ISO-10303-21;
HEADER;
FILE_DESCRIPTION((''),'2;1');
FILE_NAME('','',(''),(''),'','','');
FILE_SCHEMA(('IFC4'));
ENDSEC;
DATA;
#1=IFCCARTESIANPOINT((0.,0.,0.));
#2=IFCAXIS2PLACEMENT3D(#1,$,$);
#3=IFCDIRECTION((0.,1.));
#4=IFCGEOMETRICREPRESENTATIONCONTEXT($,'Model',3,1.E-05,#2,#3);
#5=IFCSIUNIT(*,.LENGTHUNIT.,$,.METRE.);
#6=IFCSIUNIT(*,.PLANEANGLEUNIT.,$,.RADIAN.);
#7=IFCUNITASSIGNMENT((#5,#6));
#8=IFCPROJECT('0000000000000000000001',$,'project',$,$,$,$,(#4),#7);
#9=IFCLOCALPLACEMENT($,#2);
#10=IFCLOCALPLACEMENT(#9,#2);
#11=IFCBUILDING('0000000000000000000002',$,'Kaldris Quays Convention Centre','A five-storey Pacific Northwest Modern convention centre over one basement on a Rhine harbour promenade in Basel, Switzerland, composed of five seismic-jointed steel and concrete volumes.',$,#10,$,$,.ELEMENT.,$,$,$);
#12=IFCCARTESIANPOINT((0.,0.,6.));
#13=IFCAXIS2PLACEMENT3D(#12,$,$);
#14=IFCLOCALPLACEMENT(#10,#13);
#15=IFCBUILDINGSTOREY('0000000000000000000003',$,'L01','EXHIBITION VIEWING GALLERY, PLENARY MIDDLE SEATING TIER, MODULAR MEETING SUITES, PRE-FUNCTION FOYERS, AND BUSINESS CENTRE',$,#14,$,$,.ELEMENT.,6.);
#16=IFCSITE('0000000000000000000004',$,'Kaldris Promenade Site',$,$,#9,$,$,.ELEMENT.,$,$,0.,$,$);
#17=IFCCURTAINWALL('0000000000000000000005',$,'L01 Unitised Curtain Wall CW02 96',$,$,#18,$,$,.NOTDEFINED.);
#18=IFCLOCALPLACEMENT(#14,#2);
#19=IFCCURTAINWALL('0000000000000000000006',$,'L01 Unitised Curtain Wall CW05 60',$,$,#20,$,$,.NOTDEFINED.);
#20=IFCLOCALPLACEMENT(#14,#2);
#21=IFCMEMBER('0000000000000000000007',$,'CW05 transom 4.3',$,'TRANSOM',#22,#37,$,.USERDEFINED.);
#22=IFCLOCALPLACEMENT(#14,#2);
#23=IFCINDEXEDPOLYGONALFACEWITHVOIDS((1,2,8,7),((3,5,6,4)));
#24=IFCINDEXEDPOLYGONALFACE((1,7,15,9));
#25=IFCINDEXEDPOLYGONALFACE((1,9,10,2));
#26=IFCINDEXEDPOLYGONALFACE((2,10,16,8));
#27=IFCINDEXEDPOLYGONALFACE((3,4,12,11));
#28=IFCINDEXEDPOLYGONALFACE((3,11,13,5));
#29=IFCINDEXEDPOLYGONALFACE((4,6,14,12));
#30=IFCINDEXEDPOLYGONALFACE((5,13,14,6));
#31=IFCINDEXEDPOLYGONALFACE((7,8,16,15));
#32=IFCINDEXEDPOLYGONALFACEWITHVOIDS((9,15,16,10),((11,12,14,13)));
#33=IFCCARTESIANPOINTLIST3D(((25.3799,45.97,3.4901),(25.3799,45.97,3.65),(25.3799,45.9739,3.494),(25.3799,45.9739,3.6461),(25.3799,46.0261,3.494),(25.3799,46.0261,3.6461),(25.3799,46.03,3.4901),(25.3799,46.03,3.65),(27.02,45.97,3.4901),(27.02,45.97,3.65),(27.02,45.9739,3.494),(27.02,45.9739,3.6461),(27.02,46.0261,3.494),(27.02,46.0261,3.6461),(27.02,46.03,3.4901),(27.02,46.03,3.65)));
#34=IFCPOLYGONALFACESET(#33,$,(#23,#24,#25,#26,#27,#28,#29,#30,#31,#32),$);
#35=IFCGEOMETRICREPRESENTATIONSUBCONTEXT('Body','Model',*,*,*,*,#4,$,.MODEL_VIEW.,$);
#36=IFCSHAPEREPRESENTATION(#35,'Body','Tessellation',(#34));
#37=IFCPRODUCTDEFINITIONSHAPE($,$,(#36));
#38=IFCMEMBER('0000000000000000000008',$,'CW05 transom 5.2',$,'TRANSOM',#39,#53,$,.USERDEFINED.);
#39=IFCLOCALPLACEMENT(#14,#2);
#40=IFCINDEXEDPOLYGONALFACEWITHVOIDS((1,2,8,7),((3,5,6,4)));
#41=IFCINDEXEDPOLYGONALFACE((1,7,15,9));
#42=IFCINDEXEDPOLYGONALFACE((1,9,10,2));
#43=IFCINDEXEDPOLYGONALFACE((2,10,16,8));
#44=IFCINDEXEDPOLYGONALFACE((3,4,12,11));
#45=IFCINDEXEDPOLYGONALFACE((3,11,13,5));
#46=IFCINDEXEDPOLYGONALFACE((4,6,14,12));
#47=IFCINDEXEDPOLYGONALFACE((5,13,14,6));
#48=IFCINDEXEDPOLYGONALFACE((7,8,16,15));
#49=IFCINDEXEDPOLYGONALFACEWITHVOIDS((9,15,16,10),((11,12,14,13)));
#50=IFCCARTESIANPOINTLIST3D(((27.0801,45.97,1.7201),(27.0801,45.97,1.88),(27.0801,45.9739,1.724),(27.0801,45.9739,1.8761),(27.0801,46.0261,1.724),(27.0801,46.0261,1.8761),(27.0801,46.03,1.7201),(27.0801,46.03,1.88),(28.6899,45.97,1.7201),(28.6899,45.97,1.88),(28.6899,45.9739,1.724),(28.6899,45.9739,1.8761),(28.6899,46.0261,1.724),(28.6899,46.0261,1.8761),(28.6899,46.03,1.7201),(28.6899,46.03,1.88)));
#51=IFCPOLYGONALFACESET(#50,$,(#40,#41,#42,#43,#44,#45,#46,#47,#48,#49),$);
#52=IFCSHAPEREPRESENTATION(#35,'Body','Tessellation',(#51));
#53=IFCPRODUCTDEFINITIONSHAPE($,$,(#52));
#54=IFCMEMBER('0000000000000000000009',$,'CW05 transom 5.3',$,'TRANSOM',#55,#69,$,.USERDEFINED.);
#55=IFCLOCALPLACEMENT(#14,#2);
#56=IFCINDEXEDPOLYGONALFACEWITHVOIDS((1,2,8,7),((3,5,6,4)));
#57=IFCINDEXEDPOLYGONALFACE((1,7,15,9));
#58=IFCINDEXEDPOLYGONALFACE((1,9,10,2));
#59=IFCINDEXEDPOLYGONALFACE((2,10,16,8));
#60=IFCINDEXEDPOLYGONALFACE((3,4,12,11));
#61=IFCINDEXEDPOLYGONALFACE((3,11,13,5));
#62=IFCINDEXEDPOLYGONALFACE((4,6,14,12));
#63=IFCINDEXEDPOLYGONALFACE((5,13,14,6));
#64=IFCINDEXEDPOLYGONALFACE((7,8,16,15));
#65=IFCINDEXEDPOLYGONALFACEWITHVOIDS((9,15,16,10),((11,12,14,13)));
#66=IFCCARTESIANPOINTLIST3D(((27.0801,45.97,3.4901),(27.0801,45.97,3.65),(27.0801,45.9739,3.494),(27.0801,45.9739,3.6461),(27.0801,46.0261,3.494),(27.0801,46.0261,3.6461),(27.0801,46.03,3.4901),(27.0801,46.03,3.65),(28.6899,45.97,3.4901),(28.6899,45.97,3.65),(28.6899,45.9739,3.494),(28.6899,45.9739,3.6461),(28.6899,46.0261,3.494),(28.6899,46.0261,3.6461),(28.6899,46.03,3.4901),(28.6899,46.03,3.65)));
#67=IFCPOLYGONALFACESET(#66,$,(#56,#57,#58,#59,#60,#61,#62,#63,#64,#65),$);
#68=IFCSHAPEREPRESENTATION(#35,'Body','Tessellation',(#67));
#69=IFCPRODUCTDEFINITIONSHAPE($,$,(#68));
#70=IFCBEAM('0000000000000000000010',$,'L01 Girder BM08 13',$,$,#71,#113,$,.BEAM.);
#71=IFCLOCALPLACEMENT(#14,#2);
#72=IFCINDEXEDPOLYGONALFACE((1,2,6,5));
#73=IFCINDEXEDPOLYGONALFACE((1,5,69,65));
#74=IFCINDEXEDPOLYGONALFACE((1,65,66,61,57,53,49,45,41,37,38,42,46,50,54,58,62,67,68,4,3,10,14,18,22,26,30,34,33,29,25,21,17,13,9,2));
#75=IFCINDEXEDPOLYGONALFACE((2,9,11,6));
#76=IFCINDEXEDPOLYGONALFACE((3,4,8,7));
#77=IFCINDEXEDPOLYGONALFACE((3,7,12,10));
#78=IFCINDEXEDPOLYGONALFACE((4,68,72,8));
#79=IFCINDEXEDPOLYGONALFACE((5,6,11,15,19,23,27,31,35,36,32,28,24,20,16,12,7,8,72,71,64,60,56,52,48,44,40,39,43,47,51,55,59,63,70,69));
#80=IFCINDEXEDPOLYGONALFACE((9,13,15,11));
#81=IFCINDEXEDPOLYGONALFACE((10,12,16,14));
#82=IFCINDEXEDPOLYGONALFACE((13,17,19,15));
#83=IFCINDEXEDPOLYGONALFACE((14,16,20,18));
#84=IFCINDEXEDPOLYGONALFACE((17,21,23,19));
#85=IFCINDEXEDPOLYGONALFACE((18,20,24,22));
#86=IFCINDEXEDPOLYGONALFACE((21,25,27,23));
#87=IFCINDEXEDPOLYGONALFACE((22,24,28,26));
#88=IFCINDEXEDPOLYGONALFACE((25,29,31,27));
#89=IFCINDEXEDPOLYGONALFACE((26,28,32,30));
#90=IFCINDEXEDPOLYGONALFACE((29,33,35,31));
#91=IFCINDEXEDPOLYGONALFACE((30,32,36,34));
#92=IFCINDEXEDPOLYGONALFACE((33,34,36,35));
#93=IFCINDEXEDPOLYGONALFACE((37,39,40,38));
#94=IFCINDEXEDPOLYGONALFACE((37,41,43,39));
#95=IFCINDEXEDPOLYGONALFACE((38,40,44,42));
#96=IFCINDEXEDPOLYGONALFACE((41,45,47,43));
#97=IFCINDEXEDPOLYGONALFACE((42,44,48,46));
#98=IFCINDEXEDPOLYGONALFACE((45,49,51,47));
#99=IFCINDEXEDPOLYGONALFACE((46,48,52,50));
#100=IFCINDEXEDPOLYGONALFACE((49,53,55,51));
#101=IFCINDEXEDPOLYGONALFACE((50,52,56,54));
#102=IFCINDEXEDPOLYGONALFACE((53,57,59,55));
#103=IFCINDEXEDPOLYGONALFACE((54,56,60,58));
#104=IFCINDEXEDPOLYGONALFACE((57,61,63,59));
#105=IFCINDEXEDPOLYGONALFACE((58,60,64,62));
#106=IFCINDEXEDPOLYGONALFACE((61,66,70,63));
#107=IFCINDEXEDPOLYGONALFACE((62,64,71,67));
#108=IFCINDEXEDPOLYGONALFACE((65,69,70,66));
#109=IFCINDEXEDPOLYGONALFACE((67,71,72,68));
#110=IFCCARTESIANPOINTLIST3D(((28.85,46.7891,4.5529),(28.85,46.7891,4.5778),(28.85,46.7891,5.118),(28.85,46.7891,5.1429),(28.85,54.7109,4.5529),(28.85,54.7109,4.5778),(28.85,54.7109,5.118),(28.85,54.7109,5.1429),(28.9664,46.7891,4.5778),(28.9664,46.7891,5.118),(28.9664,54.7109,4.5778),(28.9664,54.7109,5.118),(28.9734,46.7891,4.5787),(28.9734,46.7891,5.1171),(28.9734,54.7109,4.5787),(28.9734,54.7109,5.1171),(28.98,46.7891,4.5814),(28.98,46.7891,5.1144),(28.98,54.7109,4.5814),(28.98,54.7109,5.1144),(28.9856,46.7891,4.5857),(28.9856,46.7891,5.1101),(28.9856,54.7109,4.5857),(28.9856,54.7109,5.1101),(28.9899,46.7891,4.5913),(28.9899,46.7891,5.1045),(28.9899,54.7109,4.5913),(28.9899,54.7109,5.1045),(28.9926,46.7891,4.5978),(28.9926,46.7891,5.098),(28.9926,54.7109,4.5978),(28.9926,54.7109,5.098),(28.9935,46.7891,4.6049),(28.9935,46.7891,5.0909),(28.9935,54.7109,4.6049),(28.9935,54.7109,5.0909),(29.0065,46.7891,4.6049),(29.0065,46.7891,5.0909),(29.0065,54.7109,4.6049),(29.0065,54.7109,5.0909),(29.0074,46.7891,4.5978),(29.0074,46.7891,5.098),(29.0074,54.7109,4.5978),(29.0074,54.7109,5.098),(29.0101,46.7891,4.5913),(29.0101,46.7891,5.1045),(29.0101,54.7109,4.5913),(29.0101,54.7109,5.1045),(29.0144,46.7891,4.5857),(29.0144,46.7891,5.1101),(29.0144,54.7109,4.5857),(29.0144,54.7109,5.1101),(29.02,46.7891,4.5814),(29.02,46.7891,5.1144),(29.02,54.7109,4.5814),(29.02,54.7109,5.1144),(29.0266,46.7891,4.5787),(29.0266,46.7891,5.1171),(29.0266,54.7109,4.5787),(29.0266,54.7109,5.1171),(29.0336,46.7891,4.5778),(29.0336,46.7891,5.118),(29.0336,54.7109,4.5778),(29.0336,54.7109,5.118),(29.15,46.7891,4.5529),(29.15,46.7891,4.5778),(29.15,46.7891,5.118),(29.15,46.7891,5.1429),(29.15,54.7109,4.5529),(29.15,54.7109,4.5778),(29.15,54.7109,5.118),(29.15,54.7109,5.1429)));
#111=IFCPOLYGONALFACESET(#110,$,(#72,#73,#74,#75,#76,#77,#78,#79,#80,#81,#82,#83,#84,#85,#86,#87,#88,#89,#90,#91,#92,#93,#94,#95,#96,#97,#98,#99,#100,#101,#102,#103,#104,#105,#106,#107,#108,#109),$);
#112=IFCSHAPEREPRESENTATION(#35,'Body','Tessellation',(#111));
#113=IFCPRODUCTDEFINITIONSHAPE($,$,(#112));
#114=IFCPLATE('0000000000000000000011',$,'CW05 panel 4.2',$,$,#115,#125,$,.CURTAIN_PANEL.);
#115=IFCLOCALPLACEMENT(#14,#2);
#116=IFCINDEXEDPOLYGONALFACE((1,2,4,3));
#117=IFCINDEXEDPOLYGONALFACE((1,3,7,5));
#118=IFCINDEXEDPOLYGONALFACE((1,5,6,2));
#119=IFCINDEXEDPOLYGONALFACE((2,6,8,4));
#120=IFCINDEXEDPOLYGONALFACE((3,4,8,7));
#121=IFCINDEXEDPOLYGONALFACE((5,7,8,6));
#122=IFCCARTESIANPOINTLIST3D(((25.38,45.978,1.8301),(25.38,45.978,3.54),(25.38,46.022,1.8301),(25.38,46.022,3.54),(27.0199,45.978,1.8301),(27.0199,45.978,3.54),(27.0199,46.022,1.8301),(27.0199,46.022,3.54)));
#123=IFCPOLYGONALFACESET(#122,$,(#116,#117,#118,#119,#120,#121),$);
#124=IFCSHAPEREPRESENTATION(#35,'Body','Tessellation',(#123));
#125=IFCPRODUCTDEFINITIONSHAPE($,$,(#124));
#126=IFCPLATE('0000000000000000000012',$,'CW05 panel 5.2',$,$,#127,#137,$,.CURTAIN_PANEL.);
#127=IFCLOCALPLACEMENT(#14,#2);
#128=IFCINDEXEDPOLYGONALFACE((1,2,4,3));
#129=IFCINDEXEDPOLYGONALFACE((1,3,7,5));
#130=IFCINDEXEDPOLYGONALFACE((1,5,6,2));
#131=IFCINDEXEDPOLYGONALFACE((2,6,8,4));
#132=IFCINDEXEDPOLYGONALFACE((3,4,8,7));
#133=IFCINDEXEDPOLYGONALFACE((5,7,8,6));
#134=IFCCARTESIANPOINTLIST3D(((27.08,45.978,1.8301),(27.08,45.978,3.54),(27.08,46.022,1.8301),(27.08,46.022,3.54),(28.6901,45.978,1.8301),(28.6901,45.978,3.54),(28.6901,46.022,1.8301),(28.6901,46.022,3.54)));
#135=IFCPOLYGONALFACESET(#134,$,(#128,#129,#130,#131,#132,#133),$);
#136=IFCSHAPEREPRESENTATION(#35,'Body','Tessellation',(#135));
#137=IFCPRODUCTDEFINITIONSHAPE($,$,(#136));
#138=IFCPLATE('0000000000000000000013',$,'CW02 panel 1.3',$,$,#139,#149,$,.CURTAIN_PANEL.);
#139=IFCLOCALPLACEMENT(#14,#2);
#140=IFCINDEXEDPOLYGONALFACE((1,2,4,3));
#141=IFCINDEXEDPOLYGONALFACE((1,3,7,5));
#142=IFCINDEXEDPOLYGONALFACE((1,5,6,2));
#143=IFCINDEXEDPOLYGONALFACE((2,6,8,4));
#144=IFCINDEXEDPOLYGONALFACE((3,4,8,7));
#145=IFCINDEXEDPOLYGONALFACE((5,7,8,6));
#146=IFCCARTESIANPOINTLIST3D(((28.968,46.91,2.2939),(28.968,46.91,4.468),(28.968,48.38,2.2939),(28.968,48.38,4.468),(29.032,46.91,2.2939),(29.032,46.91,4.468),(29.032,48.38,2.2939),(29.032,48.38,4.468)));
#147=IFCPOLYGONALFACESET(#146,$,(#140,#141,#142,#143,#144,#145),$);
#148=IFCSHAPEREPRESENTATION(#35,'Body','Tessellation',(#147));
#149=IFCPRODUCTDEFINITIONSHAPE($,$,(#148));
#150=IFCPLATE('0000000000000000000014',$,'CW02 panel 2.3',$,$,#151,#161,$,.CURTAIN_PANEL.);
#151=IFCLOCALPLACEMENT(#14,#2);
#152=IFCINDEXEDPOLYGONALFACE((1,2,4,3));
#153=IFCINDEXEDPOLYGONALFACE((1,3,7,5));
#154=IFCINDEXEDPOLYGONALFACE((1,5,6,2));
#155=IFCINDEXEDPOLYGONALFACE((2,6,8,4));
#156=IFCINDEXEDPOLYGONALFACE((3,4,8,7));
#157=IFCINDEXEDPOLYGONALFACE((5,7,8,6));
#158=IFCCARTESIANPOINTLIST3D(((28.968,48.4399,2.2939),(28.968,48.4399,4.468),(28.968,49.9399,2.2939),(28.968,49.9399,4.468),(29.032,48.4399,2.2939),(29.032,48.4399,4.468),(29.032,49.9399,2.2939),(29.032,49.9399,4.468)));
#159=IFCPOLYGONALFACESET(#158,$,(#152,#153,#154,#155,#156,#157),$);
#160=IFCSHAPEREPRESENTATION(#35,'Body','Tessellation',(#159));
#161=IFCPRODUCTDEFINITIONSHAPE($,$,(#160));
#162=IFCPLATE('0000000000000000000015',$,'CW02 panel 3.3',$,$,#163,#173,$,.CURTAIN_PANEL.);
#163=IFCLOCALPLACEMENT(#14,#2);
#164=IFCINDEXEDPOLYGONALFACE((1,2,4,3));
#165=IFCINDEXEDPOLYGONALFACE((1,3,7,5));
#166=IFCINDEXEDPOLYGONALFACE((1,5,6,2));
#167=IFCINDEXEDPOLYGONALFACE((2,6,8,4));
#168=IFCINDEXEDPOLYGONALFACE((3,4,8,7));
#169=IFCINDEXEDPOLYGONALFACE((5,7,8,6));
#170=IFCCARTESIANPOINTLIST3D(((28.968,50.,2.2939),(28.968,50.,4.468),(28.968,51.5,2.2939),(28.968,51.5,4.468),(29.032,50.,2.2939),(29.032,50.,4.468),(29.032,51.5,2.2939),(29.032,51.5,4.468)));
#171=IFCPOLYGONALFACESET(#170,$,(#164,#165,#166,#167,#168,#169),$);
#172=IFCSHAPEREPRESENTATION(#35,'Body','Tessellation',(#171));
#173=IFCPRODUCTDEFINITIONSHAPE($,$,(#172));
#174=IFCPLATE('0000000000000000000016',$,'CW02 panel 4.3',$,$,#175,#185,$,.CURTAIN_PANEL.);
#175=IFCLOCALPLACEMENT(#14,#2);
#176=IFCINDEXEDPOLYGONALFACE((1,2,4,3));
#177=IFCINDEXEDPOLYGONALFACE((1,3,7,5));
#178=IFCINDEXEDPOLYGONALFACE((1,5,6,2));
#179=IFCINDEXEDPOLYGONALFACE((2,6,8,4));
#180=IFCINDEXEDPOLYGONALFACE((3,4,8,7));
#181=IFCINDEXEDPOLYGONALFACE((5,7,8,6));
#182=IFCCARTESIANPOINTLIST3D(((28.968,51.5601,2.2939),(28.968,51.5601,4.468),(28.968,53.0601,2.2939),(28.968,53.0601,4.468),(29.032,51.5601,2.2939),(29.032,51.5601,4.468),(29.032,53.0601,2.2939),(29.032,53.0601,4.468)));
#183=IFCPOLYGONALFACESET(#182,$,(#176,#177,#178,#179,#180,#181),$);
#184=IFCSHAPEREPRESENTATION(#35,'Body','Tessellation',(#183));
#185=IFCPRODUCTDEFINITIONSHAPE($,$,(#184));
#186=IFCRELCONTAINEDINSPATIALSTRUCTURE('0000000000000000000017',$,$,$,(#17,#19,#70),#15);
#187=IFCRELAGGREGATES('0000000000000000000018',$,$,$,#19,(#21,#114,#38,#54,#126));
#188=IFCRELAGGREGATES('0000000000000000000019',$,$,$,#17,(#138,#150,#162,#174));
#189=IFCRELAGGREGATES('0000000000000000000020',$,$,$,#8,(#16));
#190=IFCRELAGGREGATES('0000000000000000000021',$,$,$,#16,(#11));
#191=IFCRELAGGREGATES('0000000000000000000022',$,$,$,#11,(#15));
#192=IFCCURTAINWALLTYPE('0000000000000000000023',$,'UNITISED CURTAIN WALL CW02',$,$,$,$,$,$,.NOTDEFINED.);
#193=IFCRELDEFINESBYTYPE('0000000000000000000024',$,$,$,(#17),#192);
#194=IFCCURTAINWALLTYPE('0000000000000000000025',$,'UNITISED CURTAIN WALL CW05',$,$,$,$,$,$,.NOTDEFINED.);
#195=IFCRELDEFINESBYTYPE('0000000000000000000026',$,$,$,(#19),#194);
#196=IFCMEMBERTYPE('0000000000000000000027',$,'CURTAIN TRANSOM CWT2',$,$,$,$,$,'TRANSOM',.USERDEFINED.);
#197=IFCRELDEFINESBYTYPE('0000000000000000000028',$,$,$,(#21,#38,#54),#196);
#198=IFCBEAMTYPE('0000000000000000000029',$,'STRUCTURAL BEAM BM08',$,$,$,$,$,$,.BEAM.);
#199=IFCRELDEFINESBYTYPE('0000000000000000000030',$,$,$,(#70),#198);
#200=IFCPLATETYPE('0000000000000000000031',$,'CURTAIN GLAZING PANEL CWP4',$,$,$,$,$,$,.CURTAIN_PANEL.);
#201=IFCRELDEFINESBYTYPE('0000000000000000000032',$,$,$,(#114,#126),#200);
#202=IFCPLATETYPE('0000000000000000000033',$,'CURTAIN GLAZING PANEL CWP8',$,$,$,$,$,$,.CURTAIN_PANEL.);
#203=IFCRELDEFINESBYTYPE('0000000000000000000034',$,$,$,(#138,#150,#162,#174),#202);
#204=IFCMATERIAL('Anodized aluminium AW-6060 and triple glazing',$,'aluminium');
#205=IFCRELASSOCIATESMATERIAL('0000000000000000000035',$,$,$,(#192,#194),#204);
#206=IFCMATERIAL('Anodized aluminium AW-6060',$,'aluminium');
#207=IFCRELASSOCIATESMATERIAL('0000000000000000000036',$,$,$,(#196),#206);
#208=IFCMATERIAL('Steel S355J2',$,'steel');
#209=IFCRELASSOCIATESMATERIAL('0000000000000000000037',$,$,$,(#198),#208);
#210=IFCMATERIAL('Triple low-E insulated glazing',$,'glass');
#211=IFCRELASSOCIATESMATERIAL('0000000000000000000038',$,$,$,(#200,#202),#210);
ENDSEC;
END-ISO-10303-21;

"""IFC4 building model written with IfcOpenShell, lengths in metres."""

from ifc_helpers import new_model, si_unit, direction, frame, origin, origin_2d, place, context, subcontext, project, spatial, rectangle, hollow_rectangle, i_section, extrude, material, material_profile, profile_set, type_object, element, aggregate, save


model = new_model("IFC4")

# Units and contexts
model_context = context("Model", 3, precision=1e-05, world=origin(), true_north=direction((0.0, 1.0)))
body_context = subcontext(model_context, "Body", "Model", "MODEL_VIEW")
ifc_project = project(units=[si_unit("LENGTHUNIT", "METRE"), si_unit("PLANEANGLEUNIT", "RADIAN")], contexts=[model_context])

# Site, building, storey
site_placement = place(None, origin())
site = spatial("IfcSite", under=ifc_project, at=site_placement, Name="Kaldris Promenade Site", CompositionType="ELEMENT", RefElevation=0.0)
building_placement = place(site_placement, origin())
building = spatial("IfcBuilding", under=site, at=building_placement, Name="Kaldris Quays Convention Centre", Description="A five-storey Pacific Northwest Modern convention centre over one basement on a Rhine harbour promenade in Basel, Switzerland, composed of five seismic-jointed steel and concrete volumes.", CompositionType="ELEMENT")
storey_placement = place(building_placement, frame((0.0, 0.0, 6.0)))
storey = spatial("IfcBuildingStorey", under=building, at=storey_placement, Name="L01", Description="EXHIBITION VIEWING GALLERY, PLENARY MIDDLE SEATING TIER, MODULAR MEETING SUITES, PRE-FUNCTION FOYERS, AND BUSINESS CENTRE", CompositionType="ELEMENT", Elevation=6.0)

# Curtain walls, members
ifc_material_1 = material(Name="Anodized aluminium AW-6060 and triple glazing", Category="aluminium")
curtain_wall_type_1 = type_object("IfcCurtainWallType", Name="UNITISED CURTAIN WALL CW02", PredefinedType="NOTDEFINED", material=ifc_material_1)
curtain_wall_1_placement = place(storey_placement, origin())
curtain_wall_1 = element("IfcCurtainWall", 1, at=curtain_wall_1_placement, inside=storey, type_object=curtain_wall_type_1, Name="L01 Unitised Curtain Wall CW02 96", PredefinedType="NOTDEFINED")
ifc_material_2 = material(Name="Anodized aluminium AW-6060", Category="aluminium")
curtain_wall_type_2 = type_object("IfcCurtainWallType", Name="UNITISED CURTAIN WALL CW05", PredefinedType="NOTDEFINED", material=ifc_material_1)
curtain_wall_2_placement = place(storey_placement, origin())
curtain_wall_2 = element("IfcCurtainWall", 2, at=curtain_wall_2_placement, inside=storey, type_object=curtain_wall_type_2, Name="L01 Unitised Curtain Wall CW05 60", PredefinedType="NOTDEFINED")
ifc_material_profile_1 = material_profile(ifc_material_2, hollow_rectangle(XDim=0.0601, YDim=0.1599, WallThickness=0.0039, at=origin_2d()), Name="RHS 160x60x4")
ifc_profile_set_1 = profile_set([ifc_material_profile_1], Name="Anodized aluminium AW-6060")
member_type_1 = type_object("IfcMemberType", Name="CURTAIN TRANSOM CWT2", ElementType="TRANSOM", PredefinedType="USERDEFINED", material=ifc_profile_set_1)
member_1_placement = place(storey_placement, frame((25.3799, 46.0, 3.5701), z_axis=(1.0, 0.0, 0.0), x_axis=(0.0, 1.0, 0.0)))
member_1 = element("IfcMember", 3, at=member_1_placement, type_object=member_type_1, Name="CW05 transom 4.3", ObjectType="TRANSOM", PredefinedType="USERDEFINED", context=body_context, shape_type="SweptSolid", body=[
    extrude(hollow_rectangle(XDim=0.0601, YDim=0.1599, WallThickness=0.0039, at=origin_2d()), origin(), (0.0, 0.0, 1.0), 1.6401),
])
member_2_placement = place(storey_placement, frame((27.0801, 46.0, 1.8), z_axis=(1.0, 0.0, 0.0), x_axis=(0.0, 1.0, 0.0)))
member_2 = element("IfcMember", 4, at=member_2_placement, type_object=member_type_1, Name="CW05 transom 5.2", ObjectType="TRANSOM", PredefinedType="USERDEFINED", context=body_context, shape_type="SweptSolid", body=[
    extrude(hollow_rectangle(XDim=0.0601, YDim=0.1599, WallThickness=0.0039, at=origin_2d()), origin(), (0.0, 0.0, 1.0), 1.6099),
])
member_3_placement = place(storey_placement, frame((27.0801, 46.0, 3.5701), z_axis=(1.0, 0.0, 0.0), x_axis=(0.0, 1.0, 0.0)))
member_3 = element("IfcMember", 5, at=member_3_placement, type_object=member_type_1, Name="CW05 transom 5.3", ObjectType="TRANSOM", PredefinedType="USERDEFINED", context=body_context, shape_type="SweptSolid", body=[
    extrude(hollow_rectangle(XDim=0.0601, YDim=0.1599, WallThickness=0.0039, at=origin_2d()), origin(), (0.0, 0.0, 1.0), 1.6099),
])

# Beam
ifc_material_3 = material(Name="Steel S355J2", Category="steel")
ifc_material_profile_2 = material_profile(ifc_material_3, i_section(OverallWidth=0.3, OverallDepth=0.5901, WebThickness=0.0129, FlangeThickness=0.0249, FilletRadius=0.0271, at=origin_2d()), Name="HEA 600")
ifc_profile_set_2 = profile_set([ifc_material_profile_2], Name="Steel S355J2")
beam_type = type_object("IfcBeamType", Name="STRUCTURAL BEAM BM08", PredefinedType="BEAM", material=ifc_profile_set_2)
beam_placement = place(storey_placement, frame((29.0, 46.7891, 4.8479), z_axis=(0.0, 1.0, 0.0), x_axis=(-1.0, 0.0, 0.0)))
element("IfcBeam", 6, at=beam_placement, inside=storey, type_object=beam_type, Name="L01 Girder BM08 13", PredefinedType="BEAM", context=body_context, shape_type="SweptSolid", body=[
    extrude(i_section(OverallWidth=0.3, OverallDepth=0.5901, WebThickness=0.0129, FlangeThickness=0.0249, FilletRadius=0.0271, at=origin_2d()), origin(), (0.0, 0.0, 1.0), 7.9219),
])

# Plates
ifc_material_4 = material(Name="Triple low-E insulated glazing", Category="glass")
plate_type_1 = type_object("IfcPlateType", Name="CURTAIN GLAZING PANEL CWP4", PredefinedType="CURTAIN_PANEL", material=ifc_material_4)
plate_1_placement = place(storey_placement, frame((26.2, 46.0, 1.8301), z_axis=(0.0, 0.0, 1.0), x_axis=(1.0, 0.0, 0.0)))
plate_1 = element("IfcPlate", 7, at=plate_1_placement, type_object=plate_type_1, Name="CW05 panel 4.2", PredefinedType="CURTAIN_PANEL", context=body_context, shape_type="SweptSolid", body=[
    extrude(rectangle(XDim=1.6399, YDim=0.0439, at=origin_2d()), origin(), (0.0, 0.0, 1.0), 1.71),
])
plate_2_placement = place(storey_placement, frame((27.885, 46.0, 1.8301), z_axis=(0.0, 0.0, 1.0), x_axis=(1.0, 0.0, 0.0)))
plate_2 = element("IfcPlate", 8, at=plate_2_placement, type_object=plate_type_1, Name="CW05 panel 5.2", PredefinedType="CURTAIN_PANEL", context=body_context, shape_type="SweptSolid", body=[
    extrude(rectangle(XDim=1.6101, YDim=0.0439, at=origin_2d()), origin(), (0.0, 0.0, 1.0), 1.71),
])
aggregate(curtain_wall_2, [member_1, plate_1, member_2, member_3, plate_2])
plate_type_2 = type_object("IfcPlateType", Name="CURTAIN GLAZING PANEL CWP8", PredefinedType="CURTAIN_PANEL", material=ifc_material_4)
plate_3_placement = place(storey_placement, frame((29.0, 47.645, 2.2939), z_axis=(0.0, 0.0, 1.0), x_axis=(0.0, 1.0, 0.0)))
plate_3 = element("IfcPlate", 9, at=plate_3_placement, type_object=plate_type_2, Name="CW02 panel 1.3", PredefinedType="CURTAIN_PANEL", context=body_context, shape_type="SweptSolid", body=[
    extrude(rectangle(XDim=1.47, YDim=0.064, at=origin_2d()), origin(), (0.0, 0.0, 1.0), 2.1741),
])
plate_4_placement = place(storey_placement, frame((29.0, 49.1899, 2.2939), z_axis=(0.0, 0.0, 1.0), x_axis=(0.0, 1.0, 0.0)))
plate_4 = element("IfcPlate", 10, at=plate_4_placement, type_object=plate_type_2, Name="CW02 panel 2.3", PredefinedType="CURTAIN_PANEL", context=body_context, shape_type="SweptSolid", body=[
    extrude(rectangle(XDim=1.5, YDim=0.064, at=origin_2d()), origin(), (0.0, 0.0, 1.0), 2.1741),
])
plate_5_placement = place(storey_placement, frame((29.0, 50.75, 2.2939), z_axis=(0.0, 0.0, 1.0), x_axis=(0.0, 1.0, 0.0)))
plate_5 = element("IfcPlate", 11, at=plate_5_placement, type_object=plate_type_2, Name="CW02 panel 3.3", PredefinedType="CURTAIN_PANEL", context=body_context, shape_type="SweptSolid", body=[
    extrude(rectangle(XDim=1.5, YDim=0.064, at=origin_2d()), origin(), (0.0, 0.0, 1.0), 2.1741),
])
plate_6_placement = place(storey_placement, frame((29.0, 52.3101, 2.2939), z_axis=(0.0, 0.0, 1.0), x_axis=(0.0, 1.0, 0.0)))
plate_6 = element("IfcPlate", 12, at=plate_6_placement, type_object=plate_type_2, Name="CW02 panel 4.3", PredefinedType="CURTAIN_PANEL", context=body_context, shape_type="SweptSolid", body=[
    extrude(rectangle(XDim=1.5, YDim=0.064, at=origin_2d()), origin(), (0.0, 0.0, 1.0), 2.1741),
])
aggregate(curtain_wall_1, [plate_3, plate_4, plate_5, plate_6])

save(model, "model.ifc")
